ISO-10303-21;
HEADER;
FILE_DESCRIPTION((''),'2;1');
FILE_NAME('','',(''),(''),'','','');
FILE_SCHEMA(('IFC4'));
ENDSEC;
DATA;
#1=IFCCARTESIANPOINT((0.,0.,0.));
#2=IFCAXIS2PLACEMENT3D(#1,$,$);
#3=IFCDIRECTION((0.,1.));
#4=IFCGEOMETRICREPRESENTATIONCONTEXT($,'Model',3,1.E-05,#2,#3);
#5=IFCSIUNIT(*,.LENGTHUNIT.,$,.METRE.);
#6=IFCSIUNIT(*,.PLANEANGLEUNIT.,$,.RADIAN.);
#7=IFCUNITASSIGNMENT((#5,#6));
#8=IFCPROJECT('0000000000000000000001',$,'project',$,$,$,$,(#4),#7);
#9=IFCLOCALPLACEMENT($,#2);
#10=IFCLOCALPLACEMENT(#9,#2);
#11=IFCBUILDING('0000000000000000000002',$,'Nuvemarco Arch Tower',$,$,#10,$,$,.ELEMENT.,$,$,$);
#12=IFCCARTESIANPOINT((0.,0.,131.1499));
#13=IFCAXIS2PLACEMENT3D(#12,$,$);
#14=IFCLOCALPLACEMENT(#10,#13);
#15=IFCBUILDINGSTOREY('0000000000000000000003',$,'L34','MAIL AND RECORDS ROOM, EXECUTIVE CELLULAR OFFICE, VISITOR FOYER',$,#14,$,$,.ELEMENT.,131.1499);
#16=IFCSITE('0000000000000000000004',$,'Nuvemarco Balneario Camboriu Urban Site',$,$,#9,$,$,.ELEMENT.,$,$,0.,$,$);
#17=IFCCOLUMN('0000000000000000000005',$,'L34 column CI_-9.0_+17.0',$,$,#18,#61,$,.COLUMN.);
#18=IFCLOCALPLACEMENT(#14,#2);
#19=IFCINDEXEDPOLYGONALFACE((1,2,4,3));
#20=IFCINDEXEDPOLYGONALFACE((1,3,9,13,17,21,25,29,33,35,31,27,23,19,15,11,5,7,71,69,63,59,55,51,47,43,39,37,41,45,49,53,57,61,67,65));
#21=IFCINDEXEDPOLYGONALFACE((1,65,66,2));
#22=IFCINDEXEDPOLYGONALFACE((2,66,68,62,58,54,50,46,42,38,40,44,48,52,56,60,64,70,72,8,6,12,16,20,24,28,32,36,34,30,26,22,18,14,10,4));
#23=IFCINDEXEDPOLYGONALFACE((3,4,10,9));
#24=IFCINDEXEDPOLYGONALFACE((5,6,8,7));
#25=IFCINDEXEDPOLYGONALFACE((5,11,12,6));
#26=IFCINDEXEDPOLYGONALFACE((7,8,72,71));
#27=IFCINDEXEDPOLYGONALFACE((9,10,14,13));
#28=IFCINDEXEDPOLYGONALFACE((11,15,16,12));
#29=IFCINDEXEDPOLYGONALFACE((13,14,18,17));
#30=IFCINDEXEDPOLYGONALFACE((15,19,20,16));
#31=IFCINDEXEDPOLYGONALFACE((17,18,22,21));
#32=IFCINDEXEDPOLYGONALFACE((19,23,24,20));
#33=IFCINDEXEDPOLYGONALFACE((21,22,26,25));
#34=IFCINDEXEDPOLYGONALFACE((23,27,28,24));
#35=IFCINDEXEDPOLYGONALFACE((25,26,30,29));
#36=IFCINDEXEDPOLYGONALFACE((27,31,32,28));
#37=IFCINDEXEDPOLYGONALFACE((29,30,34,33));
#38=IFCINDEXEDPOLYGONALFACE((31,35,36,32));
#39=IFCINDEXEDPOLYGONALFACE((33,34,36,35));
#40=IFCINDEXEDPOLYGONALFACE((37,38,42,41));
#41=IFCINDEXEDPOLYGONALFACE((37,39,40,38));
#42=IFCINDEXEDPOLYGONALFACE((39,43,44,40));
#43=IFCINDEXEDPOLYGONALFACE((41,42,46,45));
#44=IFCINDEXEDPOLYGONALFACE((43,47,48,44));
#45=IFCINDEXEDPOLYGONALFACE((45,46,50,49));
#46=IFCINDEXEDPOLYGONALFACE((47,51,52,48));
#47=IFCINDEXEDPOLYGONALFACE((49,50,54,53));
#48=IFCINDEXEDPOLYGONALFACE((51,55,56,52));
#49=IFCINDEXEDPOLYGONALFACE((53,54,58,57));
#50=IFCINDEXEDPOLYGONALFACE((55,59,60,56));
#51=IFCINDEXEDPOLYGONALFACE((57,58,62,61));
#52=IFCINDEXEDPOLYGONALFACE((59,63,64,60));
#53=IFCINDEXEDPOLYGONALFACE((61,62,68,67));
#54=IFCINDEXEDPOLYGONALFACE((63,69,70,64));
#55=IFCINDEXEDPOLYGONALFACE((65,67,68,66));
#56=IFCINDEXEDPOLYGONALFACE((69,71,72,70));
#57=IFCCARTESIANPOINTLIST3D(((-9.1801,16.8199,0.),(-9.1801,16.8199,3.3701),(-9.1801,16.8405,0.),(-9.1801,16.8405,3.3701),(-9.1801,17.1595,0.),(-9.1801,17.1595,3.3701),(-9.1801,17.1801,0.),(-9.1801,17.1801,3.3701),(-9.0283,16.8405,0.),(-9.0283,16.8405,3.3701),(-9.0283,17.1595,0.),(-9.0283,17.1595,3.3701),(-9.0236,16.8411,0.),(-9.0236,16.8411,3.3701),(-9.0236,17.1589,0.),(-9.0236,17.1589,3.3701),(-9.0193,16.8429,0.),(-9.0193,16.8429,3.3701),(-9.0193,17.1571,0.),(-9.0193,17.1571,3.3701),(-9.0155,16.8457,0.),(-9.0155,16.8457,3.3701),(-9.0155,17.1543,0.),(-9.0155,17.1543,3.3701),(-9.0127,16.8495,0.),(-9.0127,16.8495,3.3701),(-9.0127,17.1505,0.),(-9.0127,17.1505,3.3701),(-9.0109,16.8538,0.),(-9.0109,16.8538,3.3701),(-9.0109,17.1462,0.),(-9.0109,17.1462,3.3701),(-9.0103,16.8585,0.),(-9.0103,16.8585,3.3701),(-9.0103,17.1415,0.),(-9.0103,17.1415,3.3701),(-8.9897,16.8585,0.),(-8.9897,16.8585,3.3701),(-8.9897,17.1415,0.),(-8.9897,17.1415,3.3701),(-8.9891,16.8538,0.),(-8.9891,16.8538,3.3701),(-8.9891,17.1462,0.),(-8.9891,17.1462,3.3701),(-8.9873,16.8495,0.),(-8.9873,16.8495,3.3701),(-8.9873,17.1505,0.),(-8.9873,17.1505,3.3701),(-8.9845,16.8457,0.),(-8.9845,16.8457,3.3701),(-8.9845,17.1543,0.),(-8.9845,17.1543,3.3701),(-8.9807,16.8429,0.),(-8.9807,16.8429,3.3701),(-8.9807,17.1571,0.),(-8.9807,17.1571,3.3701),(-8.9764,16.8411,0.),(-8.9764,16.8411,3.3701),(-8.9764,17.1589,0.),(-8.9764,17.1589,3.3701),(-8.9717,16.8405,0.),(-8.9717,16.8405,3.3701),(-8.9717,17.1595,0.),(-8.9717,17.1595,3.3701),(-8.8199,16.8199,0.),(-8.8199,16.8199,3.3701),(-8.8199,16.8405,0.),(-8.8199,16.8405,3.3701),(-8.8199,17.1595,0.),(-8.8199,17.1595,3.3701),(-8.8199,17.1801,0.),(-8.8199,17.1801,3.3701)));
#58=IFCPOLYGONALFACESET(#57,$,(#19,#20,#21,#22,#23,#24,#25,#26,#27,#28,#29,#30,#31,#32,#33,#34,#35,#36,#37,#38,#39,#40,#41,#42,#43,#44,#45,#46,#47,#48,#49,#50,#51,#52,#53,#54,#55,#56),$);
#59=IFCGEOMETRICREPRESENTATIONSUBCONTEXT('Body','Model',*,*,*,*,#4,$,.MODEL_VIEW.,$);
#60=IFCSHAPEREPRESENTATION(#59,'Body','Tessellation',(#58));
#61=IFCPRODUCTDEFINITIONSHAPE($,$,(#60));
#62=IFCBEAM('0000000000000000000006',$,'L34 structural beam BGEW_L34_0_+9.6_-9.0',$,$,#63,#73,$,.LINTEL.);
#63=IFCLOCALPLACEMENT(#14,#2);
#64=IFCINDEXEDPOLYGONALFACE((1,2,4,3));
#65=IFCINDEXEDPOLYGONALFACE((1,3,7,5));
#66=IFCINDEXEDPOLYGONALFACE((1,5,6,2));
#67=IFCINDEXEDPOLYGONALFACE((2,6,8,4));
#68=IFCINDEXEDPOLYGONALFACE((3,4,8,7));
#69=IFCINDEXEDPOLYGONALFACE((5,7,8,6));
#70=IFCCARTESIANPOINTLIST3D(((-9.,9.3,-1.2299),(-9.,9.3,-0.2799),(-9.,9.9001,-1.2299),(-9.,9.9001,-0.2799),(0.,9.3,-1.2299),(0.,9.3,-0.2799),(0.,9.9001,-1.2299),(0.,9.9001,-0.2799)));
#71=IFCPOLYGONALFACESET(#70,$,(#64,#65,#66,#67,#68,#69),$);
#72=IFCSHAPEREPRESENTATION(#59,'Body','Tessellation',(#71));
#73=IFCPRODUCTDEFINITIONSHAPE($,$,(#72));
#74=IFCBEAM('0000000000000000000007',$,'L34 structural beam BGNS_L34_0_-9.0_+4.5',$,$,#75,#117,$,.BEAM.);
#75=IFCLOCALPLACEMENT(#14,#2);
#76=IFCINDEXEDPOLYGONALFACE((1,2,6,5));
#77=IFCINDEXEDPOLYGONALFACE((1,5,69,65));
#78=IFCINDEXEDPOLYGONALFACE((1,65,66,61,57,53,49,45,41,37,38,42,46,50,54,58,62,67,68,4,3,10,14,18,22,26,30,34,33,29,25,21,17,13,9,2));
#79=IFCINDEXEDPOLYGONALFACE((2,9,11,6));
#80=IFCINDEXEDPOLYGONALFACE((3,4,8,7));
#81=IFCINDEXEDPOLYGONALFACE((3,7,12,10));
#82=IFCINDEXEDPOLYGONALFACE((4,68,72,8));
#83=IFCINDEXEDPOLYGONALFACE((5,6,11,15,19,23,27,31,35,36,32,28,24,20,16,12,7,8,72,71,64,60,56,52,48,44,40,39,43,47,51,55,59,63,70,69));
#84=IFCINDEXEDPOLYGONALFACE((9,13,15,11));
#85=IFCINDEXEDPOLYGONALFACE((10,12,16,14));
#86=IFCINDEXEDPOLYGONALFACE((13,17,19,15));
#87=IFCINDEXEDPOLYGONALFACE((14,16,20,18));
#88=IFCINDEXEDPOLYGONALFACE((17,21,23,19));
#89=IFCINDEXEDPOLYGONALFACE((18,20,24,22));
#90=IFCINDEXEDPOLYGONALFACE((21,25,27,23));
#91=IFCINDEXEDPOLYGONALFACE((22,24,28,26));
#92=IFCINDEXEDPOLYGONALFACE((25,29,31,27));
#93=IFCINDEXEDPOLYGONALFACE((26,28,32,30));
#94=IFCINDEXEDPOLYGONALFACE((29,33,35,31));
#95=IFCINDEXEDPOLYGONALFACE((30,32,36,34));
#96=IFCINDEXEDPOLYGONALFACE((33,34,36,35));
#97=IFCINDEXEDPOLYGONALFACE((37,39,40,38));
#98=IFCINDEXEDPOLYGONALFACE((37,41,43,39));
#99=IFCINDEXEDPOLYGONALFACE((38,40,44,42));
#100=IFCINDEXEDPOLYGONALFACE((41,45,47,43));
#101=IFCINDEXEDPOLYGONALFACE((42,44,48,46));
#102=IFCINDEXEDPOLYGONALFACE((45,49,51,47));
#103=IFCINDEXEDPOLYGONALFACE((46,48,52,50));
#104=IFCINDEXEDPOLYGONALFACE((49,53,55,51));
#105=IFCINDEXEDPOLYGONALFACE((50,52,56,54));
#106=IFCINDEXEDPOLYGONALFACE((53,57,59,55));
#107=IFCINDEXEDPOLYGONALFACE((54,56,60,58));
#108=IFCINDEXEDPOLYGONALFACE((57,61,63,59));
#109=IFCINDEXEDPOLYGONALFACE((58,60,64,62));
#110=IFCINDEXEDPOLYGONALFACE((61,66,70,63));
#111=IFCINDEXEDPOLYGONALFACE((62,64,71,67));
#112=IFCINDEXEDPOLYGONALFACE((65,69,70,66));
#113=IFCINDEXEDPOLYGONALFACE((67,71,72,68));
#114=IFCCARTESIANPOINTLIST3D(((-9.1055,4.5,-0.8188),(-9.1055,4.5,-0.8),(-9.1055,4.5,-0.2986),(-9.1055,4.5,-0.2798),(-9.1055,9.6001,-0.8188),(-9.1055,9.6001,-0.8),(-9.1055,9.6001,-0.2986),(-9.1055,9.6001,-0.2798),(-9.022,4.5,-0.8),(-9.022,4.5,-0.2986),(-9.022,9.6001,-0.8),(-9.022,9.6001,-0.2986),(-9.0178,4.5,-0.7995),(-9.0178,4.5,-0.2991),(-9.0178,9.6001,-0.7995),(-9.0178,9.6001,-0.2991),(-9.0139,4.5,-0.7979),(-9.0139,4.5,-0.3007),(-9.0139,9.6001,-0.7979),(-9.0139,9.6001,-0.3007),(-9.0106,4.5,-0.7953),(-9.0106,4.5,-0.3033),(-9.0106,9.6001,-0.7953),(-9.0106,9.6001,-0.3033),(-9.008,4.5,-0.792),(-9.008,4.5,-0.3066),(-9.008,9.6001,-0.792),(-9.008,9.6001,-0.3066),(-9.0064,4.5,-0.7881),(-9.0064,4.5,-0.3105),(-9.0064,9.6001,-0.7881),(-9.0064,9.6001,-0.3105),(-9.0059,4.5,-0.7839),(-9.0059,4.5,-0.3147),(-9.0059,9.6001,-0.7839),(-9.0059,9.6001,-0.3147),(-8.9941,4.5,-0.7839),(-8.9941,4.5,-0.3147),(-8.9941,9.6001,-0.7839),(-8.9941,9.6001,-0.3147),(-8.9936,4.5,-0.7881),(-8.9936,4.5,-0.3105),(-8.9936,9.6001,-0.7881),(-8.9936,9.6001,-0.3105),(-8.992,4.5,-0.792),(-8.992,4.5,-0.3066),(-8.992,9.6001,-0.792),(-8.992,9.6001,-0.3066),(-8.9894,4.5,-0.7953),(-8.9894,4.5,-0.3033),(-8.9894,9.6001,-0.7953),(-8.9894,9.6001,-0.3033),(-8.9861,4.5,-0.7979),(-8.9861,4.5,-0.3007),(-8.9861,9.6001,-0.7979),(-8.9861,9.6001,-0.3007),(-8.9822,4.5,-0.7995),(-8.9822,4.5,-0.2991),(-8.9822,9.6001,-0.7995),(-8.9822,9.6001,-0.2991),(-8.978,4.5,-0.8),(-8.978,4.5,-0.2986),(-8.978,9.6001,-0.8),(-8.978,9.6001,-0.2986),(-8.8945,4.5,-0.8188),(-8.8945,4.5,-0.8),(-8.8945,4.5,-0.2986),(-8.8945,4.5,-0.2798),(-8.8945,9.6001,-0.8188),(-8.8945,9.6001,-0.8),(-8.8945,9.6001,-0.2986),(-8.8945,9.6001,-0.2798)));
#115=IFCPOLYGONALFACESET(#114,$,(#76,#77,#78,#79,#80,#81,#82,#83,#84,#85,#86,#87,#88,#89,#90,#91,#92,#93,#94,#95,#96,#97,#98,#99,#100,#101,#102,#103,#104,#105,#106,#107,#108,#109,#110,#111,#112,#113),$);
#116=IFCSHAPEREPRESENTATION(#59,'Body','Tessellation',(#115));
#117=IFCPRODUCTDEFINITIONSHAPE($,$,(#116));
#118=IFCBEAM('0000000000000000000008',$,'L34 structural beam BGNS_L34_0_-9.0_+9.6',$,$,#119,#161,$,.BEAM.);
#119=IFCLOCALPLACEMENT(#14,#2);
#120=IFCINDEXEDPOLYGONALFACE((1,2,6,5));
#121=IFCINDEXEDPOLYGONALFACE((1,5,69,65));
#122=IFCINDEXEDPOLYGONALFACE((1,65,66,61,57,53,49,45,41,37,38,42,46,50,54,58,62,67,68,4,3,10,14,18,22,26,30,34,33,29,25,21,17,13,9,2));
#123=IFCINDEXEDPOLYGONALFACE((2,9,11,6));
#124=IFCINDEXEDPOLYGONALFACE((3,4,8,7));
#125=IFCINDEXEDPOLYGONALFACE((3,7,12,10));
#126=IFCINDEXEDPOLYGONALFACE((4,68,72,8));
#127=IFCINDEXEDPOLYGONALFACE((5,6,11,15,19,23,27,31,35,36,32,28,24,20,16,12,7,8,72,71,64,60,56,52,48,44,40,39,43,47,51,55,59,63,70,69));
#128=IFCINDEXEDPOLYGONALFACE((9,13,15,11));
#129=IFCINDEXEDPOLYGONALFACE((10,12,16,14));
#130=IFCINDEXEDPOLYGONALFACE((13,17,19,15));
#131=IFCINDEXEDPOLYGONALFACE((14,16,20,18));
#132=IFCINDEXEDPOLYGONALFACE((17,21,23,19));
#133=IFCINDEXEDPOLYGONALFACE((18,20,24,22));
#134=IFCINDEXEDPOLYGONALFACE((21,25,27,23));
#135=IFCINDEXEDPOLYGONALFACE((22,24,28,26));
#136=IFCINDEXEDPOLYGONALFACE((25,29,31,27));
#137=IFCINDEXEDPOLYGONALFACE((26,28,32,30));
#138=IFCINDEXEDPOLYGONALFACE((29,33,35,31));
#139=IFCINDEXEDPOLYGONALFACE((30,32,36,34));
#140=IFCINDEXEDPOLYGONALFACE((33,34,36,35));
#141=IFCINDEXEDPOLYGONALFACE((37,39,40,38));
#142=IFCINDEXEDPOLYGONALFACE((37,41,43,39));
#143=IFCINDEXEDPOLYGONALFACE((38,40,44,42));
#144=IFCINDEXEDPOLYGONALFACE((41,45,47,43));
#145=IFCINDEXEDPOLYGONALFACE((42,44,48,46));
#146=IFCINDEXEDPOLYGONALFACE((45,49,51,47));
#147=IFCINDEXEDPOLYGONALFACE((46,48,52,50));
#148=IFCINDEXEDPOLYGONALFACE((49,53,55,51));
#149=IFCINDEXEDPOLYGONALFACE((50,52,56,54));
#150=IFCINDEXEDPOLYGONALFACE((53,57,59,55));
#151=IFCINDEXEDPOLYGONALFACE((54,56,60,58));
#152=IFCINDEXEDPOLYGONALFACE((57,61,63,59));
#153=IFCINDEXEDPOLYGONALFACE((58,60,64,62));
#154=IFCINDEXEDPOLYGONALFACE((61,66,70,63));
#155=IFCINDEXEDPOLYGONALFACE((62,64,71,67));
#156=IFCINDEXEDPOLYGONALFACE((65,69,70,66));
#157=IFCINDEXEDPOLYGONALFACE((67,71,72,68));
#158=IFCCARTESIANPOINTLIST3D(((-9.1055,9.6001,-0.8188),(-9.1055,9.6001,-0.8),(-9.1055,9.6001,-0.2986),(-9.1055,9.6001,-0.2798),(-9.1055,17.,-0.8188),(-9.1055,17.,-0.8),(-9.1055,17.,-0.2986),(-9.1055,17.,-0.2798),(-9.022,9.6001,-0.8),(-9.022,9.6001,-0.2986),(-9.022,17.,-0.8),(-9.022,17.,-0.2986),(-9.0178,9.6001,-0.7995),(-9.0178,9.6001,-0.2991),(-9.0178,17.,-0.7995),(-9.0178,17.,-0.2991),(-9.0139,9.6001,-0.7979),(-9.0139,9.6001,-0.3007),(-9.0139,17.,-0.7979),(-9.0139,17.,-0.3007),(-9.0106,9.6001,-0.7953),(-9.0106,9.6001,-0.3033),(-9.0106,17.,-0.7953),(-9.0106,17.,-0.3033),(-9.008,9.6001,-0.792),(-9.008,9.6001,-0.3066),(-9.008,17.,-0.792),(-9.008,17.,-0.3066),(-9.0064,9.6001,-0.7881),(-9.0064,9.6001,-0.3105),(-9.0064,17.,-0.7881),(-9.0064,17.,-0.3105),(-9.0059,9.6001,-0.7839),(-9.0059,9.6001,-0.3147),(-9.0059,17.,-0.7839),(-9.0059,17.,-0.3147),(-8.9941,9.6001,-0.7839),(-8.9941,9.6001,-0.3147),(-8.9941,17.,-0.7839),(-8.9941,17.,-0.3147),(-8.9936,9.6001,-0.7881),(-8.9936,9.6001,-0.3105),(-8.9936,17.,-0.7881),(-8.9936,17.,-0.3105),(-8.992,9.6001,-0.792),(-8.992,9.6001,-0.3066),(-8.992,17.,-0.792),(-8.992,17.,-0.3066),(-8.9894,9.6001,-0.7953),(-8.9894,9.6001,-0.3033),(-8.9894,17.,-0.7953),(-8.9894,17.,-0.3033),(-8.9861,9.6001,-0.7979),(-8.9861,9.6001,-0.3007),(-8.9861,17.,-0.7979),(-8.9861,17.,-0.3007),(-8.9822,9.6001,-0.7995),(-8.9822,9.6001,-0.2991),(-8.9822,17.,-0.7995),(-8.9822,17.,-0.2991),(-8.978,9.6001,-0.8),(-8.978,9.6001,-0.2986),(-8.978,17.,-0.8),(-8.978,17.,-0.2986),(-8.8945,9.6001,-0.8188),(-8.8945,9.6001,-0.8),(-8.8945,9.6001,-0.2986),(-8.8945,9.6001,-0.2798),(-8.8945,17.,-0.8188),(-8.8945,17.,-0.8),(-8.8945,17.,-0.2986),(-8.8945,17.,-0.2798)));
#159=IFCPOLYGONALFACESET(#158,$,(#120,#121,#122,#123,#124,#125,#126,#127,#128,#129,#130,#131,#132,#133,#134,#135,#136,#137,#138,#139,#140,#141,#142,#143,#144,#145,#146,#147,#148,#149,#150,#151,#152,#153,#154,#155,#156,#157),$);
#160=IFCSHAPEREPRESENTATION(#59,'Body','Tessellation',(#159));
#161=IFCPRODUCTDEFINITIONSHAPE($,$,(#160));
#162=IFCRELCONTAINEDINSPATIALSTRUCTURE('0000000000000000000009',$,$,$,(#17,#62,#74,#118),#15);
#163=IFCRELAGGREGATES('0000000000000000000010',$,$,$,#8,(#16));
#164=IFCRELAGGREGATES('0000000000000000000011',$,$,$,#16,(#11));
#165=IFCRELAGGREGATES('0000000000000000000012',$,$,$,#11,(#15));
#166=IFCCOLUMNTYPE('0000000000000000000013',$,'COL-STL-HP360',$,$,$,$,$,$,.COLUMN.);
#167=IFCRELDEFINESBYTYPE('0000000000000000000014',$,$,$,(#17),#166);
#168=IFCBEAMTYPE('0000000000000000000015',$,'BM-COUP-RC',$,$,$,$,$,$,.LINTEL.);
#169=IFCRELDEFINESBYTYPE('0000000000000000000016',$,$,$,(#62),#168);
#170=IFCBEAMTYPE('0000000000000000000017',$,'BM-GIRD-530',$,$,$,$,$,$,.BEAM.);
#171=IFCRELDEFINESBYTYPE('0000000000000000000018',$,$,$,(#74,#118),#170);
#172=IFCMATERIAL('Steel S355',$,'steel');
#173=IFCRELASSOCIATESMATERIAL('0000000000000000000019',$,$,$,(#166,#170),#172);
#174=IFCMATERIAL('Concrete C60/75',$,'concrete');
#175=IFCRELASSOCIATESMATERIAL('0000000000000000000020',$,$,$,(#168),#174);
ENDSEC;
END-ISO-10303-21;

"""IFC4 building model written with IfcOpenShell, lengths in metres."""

from ifc_helpers import new_model, si_unit, direction, frame, origin, origin_2d, place, context, subcontext, project, spatial, rectangle, i_section, extrude, material, material_profile, profile_set, type_object, element, save


model = new_model("IFC4")

# Units and contexts
model_context = context("Model", 3, precision=1e-05, world=origin(), true_north=direction((0.0, 1.0)))
body_context = subcontext(model_context, "Body", "Model", "MODEL_VIEW")
ifc_project = project(units=[si_unit("LENGTHUNIT", "METRE"), si_unit("PLANEANGLEUNIT", "RADIAN")], contexts=[model_context])

# Site, building, storey
site_placement = place(None, origin())
site = spatial("IfcSite", under=ifc_project, at=site_placement, Name="Nuvemarco Balneario Camboriu Urban Site", CompositionType="ELEMENT", RefElevation=0.0)
building_placement = place(site_placement, origin())
building = spatial("IfcBuilding", under=site, at=building_placement, Name="Nuvemarco Arch Tower", CompositionType="ELEMENT")
storey_placement = place(building_placement, frame((0.0, 0.0, 131.1499)))
storey = spatial("IfcBuildingStorey", under=building, at=storey_placement, Name="L34", Description="MAIL AND RECORDS ROOM, EXECUTIVE CELLULAR OFFICE, VISITOR FOYER", CompositionType="ELEMENT", Elevation=131.1499)

# Column
ifc_material_1 = material(Name="Steel S355", Category="steel")
ifc_material_profile_1 = material_profile(ifc_material_1, i_section(OverallWidth=0.3601, OverallDepth=0.3601, WebThickness=0.0205, FlangeThickness=0.0205, FilletRadius=0.0181, at=origin_2d()), Name="HP360x174")
ifc_profile_set_1 = profile_set([ifc_material_profile_1], Name="Steel S355")
column_type_1 = type_object("IfcColumnType", Name="COL-STL-HP360", PredefinedType="COLUMN", material=ifc_profile_set_1)
column_placement = place(storey_placement, frame((-9.0, 17.0, 0.0), z_axis=(0.0, 0.0, 1.0), x_axis=(1.0, 0.0, 0.0)))
element("IfcColumn", 1, at=column_placement, inside=storey, type_object=column_type_1, Name="L34 column CI_-9.0_+17.0", PredefinedType="COLUMN", context=body_context, shape_type="SweptSolid", body=[
    extrude(i_section(OverallWidth=0.3601, OverallDepth=0.3601, WebThickness=0.0205, FlangeThickness=0.0205, FilletRadius=0.0181, at=origin_2d()), origin(), (0.0, 0.0, 1.0), 3.3701),
])

# Beams
ifc_material_2 = material(Name="Concrete C60/75", Category="concrete")
ifc_material_profile_2 = material_profile(ifc_material_2, rectangle(XDim=0.6001, YDim=0.95, at=origin_2d()), Name="RC-BM-600x950")
ifc_profile_set_2 = profile_set([ifc_material_profile_2], Name="Concrete C60/75")
beam_type_1 = type_object("IfcBeamType", Name="BM-COUP-RC", PredefinedType="LINTEL", material=ifc_profile_set_2)
beam_1_placement = place(storey_placement, frame((-9.0, 9.6001, -0.7549), z_axis=(1.0, 0.0, 0.0), x_axis=(0.0, 1.0, 0.0)))
element("IfcBeam", 2, at=beam_1_placement, inside=storey, type_object=beam_type_1, Name="L34 structural beam BGEW_L34_0_+9.6_-9.0", PredefinedType="LINTEL", context=body_context, shape_type="SweptSolid", body=[
    extrude(rectangle(XDim=0.6001, YDim=0.95, at=origin_2d()), origin(), (0.0, 0.0, 1.0), 9.0),
])
ifc_material_profile_3 = material_profile(ifc_material_1, i_section(OverallWidth=0.2109, OverallDepth=0.5391, WebThickness=0.0117, FlangeThickness=0.0188, FilletRadius=0.0161, at=origin_2d()), Name="W530x109")
ifc_profile_set_3 = profile_set([ifc_material_profile_3], Name="Steel S355")
beam_type_2 = type_object("IfcBeamType", Name="BM-GIRD-530", PredefinedType="BEAM", material=ifc_profile_set_3)
beam_2_placement = place(storey_placement, frame((-9.0, 4.5, -0.5493), z_axis=(0.0, 1.0, 0.0), x_axis=(-1.0, 0.0, 0.0)))
element("IfcBeam", 3, at=beam_2_placement, inside=storey, type_object=beam_type_2, Name="L34 structural beam BGNS_L34_0_-9.0_+4.5", PredefinedType="BEAM", context=body_context, shape_type="SweptSolid", body=[
    extrude(i_section(OverallWidth=0.2109, OverallDepth=0.5391, WebThickness=0.0117, FlangeThickness=0.0188, FilletRadius=0.0161, at=origin_2d()), origin(), (0.0, 0.0, 1.0), 5.1001),
])
beam_3_placement = place(storey_placement, frame((-9.0, 9.6001, -0.5493), z_axis=(0.0, 1.0, 0.0), x_axis=(-1.0, 0.0, 0.0)))
element("IfcBeam", 4, at=beam_3_placement, inside=storey, type_object=beam_type_2, Name="L34 structural beam BGNS_L34_0_-9.0_+9.6", PredefinedType="BEAM", context=body_context, shape_type="SweptSolid", body=[
    extrude(i_section(OverallWidth=0.2109, OverallDepth=0.5391, WebThickness=0.0117, FlangeThickness=0.0188, FilletRadius=0.0161, at=origin_2d()), origin(), (0.0, 0.0, 1.0), 7.3999),
])

save(model, "model.ifc")
